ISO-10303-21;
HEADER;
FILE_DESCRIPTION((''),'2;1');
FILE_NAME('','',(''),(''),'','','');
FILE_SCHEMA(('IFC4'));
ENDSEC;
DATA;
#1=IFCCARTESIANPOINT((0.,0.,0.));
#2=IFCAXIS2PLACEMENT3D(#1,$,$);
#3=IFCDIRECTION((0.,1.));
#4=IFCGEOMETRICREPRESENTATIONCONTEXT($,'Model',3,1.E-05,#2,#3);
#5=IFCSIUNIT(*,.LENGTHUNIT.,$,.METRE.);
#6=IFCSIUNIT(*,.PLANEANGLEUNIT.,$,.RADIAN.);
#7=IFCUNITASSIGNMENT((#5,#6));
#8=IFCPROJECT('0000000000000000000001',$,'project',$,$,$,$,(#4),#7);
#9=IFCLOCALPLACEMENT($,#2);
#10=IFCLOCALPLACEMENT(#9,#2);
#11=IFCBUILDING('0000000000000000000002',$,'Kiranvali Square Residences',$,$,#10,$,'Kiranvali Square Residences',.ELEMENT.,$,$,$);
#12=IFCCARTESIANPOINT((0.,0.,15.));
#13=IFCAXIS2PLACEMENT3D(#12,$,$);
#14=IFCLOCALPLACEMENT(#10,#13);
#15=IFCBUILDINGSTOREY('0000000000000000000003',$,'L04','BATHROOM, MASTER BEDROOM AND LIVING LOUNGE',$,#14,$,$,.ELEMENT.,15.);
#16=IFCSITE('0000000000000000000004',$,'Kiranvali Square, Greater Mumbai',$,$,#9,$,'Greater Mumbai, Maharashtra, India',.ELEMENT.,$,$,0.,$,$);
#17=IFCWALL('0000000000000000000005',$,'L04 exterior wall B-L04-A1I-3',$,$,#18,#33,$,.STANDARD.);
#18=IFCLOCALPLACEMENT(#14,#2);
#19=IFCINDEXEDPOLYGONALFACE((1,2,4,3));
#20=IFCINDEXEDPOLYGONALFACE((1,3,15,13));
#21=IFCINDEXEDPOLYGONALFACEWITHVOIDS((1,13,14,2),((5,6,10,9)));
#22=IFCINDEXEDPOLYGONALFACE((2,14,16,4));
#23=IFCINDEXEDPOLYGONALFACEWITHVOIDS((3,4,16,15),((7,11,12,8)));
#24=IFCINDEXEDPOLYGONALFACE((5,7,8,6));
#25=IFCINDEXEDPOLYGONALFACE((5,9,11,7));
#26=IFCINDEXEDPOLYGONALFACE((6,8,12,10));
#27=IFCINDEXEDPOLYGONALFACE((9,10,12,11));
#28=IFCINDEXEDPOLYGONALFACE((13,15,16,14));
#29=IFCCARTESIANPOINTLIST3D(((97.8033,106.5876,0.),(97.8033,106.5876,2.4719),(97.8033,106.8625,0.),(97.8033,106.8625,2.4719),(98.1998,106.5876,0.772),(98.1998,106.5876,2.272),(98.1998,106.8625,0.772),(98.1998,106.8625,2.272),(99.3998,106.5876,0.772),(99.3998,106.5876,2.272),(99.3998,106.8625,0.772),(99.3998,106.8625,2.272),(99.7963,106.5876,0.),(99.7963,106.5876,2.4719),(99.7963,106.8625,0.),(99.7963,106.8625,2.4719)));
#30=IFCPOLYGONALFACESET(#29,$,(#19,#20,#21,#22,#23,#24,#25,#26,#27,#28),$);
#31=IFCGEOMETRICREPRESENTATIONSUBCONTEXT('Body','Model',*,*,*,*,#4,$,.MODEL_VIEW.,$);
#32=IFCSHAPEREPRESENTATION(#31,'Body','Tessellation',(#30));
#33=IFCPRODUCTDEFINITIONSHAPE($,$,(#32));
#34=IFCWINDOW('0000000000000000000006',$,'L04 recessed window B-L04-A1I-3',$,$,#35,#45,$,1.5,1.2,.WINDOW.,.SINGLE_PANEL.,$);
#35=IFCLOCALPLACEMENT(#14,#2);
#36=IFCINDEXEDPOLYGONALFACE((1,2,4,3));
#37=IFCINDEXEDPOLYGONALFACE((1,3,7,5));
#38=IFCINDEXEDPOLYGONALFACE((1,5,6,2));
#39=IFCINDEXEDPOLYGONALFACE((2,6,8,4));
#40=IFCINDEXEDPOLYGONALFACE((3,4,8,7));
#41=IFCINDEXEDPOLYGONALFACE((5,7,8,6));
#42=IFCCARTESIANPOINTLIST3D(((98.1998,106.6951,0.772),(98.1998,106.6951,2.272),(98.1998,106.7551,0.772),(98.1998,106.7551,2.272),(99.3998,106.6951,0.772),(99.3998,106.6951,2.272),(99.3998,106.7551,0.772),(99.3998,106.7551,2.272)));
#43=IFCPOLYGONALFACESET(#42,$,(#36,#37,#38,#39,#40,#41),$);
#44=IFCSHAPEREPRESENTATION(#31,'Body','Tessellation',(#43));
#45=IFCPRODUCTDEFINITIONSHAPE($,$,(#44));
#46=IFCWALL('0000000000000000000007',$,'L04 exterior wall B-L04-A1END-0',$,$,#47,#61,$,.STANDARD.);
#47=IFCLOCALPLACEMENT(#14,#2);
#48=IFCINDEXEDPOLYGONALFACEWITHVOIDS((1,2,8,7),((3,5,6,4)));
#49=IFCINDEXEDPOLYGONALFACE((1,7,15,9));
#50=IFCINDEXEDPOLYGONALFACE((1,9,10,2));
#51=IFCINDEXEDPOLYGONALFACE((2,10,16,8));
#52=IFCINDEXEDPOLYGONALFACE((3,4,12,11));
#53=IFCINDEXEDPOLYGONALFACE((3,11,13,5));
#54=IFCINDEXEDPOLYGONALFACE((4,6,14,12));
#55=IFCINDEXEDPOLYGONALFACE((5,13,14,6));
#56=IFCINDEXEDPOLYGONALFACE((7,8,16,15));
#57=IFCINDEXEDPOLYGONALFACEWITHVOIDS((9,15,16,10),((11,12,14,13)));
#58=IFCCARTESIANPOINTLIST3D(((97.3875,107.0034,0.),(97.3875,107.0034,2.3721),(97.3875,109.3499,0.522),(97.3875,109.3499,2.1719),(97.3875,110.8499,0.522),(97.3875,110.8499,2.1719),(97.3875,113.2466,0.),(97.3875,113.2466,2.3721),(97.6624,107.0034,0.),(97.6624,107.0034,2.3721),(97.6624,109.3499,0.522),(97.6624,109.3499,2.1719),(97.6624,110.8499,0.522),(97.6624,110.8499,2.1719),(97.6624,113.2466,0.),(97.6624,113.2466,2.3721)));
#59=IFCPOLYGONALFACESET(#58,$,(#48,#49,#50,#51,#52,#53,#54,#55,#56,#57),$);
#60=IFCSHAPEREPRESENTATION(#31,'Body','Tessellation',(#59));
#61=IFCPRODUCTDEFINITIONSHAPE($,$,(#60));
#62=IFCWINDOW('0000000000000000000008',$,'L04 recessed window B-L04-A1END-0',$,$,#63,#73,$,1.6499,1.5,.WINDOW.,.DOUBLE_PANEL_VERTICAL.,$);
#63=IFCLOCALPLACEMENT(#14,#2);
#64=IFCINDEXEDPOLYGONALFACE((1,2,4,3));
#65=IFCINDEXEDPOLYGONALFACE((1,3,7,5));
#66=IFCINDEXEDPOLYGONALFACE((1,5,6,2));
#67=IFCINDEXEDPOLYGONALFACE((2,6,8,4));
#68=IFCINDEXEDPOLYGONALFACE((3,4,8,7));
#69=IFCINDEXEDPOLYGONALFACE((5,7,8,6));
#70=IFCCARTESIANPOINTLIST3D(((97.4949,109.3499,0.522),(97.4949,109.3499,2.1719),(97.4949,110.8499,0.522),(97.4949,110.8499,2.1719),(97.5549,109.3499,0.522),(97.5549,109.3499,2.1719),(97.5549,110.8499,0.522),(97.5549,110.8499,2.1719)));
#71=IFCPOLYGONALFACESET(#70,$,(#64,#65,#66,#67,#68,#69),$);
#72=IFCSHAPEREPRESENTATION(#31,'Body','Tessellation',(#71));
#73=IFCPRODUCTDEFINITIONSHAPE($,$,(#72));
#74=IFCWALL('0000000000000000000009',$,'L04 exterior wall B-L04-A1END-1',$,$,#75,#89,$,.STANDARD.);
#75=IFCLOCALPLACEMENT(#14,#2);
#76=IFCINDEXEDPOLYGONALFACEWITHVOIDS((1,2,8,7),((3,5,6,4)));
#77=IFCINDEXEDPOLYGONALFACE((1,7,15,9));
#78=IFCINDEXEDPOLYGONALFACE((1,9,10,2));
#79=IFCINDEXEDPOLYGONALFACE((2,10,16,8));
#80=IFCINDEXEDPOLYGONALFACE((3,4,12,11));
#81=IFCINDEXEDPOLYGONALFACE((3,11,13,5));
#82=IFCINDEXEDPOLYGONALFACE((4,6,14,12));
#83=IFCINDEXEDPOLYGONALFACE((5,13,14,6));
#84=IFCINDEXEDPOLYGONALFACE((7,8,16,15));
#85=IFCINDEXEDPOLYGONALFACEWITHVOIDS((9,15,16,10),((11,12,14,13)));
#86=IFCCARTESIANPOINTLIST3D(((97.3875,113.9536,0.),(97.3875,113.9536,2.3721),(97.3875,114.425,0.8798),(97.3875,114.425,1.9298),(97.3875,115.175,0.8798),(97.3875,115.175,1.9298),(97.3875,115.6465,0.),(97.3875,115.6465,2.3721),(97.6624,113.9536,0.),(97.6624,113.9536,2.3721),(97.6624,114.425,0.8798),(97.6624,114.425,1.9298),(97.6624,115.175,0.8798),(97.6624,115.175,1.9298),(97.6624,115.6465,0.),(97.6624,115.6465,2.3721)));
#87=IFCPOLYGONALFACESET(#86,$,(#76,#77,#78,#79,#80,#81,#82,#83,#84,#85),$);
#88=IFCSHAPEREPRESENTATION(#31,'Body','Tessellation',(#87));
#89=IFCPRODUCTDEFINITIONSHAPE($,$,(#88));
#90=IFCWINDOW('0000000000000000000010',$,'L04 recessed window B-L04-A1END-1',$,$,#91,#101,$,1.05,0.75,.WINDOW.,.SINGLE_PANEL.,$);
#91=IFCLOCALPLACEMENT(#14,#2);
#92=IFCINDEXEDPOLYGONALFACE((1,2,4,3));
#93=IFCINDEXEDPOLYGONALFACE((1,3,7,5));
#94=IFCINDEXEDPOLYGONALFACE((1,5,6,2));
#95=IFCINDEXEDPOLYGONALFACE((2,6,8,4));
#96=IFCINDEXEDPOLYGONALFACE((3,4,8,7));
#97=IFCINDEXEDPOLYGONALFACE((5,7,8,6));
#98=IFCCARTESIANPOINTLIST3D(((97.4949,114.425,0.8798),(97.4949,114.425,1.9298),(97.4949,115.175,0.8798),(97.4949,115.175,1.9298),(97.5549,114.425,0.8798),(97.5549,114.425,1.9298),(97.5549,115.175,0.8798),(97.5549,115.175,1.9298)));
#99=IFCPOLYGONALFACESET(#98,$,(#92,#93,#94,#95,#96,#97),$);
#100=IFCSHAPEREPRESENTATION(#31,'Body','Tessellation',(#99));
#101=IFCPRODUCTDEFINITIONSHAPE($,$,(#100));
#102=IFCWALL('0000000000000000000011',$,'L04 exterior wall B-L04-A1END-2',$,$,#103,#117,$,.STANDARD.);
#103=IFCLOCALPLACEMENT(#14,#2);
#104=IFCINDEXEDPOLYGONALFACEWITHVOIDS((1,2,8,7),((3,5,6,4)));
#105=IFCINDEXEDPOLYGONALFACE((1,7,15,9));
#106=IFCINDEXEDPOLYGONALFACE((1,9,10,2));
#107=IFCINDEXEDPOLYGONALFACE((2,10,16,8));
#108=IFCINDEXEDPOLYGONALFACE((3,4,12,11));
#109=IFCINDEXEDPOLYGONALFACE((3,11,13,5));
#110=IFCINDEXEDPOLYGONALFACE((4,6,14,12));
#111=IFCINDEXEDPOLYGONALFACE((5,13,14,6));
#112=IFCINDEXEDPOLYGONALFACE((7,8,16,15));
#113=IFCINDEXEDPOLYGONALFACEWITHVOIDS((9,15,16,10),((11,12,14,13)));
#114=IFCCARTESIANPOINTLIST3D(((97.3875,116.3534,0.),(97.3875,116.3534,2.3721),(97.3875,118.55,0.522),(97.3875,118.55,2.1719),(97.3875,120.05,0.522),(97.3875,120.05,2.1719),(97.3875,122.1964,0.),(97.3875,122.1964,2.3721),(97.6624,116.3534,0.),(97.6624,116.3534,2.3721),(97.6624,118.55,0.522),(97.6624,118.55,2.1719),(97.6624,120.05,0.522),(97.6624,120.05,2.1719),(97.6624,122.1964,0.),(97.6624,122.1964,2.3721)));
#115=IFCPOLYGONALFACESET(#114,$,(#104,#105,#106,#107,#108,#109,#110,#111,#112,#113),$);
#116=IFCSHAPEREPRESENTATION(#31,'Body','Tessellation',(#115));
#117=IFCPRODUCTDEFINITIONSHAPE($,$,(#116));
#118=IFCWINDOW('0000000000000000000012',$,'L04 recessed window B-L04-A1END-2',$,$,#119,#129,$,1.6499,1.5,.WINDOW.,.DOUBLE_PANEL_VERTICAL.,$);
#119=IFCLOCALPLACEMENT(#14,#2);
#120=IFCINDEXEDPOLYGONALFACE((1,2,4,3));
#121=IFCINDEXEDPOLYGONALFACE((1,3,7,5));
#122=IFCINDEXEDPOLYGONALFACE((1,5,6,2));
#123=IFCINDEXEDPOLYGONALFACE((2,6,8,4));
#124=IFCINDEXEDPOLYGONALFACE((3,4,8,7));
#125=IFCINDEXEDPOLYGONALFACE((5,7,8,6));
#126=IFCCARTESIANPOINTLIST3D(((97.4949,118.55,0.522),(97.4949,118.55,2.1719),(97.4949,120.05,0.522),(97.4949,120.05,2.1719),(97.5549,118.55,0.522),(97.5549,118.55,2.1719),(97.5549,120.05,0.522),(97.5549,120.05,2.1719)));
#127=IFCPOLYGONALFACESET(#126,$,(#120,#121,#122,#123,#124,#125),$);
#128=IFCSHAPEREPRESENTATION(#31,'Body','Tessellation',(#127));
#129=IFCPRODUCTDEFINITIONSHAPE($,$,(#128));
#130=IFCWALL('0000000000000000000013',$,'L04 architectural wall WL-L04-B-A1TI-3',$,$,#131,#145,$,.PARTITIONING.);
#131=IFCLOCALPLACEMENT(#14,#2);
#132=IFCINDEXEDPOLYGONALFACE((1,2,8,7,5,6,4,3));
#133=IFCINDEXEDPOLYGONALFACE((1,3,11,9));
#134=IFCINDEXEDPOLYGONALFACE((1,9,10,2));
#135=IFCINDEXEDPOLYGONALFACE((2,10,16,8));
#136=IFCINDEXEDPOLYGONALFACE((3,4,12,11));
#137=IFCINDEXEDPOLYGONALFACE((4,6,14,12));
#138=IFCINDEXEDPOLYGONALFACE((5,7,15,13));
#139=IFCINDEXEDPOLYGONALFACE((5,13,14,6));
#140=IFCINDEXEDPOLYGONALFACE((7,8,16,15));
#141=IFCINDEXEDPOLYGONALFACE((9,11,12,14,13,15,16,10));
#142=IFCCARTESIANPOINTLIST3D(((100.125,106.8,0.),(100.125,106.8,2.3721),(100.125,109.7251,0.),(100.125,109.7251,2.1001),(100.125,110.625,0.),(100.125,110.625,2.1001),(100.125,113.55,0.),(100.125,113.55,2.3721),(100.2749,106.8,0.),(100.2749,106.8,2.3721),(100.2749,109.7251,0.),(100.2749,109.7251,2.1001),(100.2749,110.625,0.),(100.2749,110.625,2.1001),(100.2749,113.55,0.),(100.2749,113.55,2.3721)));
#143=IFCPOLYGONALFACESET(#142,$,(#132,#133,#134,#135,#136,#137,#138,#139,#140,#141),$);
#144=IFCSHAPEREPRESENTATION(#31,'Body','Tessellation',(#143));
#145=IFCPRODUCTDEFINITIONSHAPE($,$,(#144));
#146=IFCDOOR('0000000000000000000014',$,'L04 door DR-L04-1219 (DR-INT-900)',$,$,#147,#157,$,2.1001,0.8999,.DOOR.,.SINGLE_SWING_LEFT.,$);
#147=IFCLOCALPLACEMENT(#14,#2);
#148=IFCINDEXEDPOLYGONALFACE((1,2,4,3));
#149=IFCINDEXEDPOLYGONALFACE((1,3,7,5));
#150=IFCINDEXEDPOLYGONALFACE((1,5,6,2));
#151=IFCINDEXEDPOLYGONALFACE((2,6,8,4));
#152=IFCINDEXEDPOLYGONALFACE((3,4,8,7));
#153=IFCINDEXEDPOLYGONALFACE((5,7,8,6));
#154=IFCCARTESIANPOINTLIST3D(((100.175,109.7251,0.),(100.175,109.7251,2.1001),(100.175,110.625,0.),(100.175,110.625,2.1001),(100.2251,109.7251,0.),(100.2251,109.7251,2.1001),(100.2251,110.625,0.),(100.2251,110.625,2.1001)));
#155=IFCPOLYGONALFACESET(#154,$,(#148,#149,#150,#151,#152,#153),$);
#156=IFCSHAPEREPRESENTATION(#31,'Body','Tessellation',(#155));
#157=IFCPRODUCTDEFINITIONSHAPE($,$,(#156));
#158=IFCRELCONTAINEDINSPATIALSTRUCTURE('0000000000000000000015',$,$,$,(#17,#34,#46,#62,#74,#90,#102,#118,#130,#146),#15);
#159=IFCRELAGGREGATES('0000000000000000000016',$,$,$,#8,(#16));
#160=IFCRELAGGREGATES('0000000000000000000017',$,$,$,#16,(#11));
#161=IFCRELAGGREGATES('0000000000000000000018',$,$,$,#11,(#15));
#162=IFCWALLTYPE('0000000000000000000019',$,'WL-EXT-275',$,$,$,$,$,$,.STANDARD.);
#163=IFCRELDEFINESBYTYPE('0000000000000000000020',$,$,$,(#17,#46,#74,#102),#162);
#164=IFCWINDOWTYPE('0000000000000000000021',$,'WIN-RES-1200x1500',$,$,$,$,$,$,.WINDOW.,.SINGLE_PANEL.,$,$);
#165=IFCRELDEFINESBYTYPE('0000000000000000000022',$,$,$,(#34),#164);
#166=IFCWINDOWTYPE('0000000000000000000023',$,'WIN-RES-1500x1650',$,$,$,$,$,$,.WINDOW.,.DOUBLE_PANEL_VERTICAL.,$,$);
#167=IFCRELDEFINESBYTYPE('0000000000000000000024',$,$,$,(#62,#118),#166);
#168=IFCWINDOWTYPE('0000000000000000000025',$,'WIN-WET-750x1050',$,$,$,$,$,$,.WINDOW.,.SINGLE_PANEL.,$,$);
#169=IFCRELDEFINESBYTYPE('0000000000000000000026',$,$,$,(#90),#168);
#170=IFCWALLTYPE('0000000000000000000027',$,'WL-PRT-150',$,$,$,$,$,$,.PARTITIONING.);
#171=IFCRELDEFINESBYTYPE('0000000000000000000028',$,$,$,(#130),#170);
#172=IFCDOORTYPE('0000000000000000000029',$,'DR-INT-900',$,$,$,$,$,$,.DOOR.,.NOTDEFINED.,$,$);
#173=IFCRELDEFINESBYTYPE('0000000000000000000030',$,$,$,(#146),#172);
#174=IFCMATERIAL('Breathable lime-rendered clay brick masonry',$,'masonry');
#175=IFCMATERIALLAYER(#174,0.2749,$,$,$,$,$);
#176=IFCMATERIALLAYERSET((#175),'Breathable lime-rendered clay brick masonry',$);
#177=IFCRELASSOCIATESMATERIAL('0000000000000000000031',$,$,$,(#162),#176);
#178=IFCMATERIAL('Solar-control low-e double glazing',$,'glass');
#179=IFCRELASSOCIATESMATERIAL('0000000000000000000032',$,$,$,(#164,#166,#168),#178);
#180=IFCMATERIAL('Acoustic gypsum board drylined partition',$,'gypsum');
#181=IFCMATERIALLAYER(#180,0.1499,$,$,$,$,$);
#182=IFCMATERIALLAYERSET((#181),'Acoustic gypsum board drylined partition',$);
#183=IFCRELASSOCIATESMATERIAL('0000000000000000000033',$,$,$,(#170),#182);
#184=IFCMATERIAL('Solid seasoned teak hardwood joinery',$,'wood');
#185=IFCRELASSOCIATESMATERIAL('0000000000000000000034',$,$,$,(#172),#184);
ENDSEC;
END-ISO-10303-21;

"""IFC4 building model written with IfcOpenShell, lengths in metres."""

from ifc_helpers import new_model, si_unit, direction, frame, frame_2d, origin, place, context, subcontext, project, spatial, rectangle, extrude, material, layer, layer_set, type_object, element, fill, save


model = new_model("IFC4")

# Units and contexts
model_context = context("Model", 3, precision=1e-05, world=origin(), true_north=direction((0.0, 1.0)))
body_context = subcontext(model_context, "Body", "Model", "MODEL_VIEW")
ifc_project = project(units=[si_unit("LENGTHUNIT", "METRE"), si_unit("PLANEANGLEUNIT", "RADIAN")], contexts=[model_context])

# Site, building, storey
site_placement = place(None, origin())
site = spatial("IfcSite", under=ifc_project, at=site_placement, Name="Kiranvali Square, Greater Mumbai", LongName="Greater Mumbai, Maharashtra, India", CompositionType="ELEMENT", RefElevation=0.0)
building_placement = place(site_placement, origin())
building = spatial("IfcBuilding", under=site, at=building_placement, Name="Kiranvali Square Residences", LongName="Kiranvali Square Residences", CompositionType="ELEMENT")
storey_placement = place(building_placement, frame((0.0, 0.0, 15.0)))
storey = spatial("IfcBuildingStorey", under=building, at=storey_placement, Name="L04", Description="BATHROOM, MASTER BEDROOM AND LIVING LOUNGE", CompositionType="ELEMENT", Elevation=15.0)

# Walls, openings, windows
ifc_material_1 = material(Name="Breathable lime-rendered clay brick masonry", Category="masonry")
ifc_layer_1 = layer(ifc_material_1, 0.2749)
ifc_layer_set_1 = layer_set([ifc_layer_1], Name="Breathable lime-rendered clay brick masonry")
wall_type_1 = type_object("IfcWallType", Name="WL-EXT-275", PredefinedType="STANDARD", material=ifc_layer_set_1)
wall_1_placement = place(storey_placement, frame((99.7964, 106.7251, 0.0), z_axis=(0.0, 0.0, 1.0), x_axis=(-1.0, 0.0, 0.0)))
wall_1 = element("IfcWall", 1, at=wall_1_placement, inside=storey, type_object=wall_type_1, Name="L04 exterior wall B-L04-A1I-3", PredefinedType="STANDARD", context=body_context, shape_type="SweptSolid", body=[
    extrude(rectangle(XDim=1.9929, YDim=0.2749, at=frame_2d((0.9966, 0.0))), origin(), (0.0, 0.0, 1.0), 2.4719),
])
opening_1_placement = place(wall_1_placement, frame((0.3965, 0.0, 0.772)))
opening_1 = element("IfcOpeningElement", 2, at=opening_1_placement, cuts=wall_1, PredefinedType="OPENING", context=body_context, shape_type="SweptSolid", body=[
    extrude(rectangle(XDim=1.2, YDim=1.5, at=frame_2d((0.6001, 0.75))), frame((0.0, 0.1475, 0.0), z_axis=(0.0, -1.0, 0.0), x_axis=(1.0, 0.0, 0.0)), (0.0, 0.0, 1.0), 0.2949),
])
ifc_material_2 = material(Name="Solar-control low-e double glazing", Category="glass")
window_type_1 = type_object("IfcWindowType", Name="WIN-RES-1200x1500", PartitioningType="SINGLE_PANEL", PredefinedType="WINDOW", material=ifc_material_2)
window_1_placement = place(opening_1_placement, origin())
window_1 = element("IfcWindow", 3, at=window_1_placement, inside=storey, type_object=window_type_1, Name="L04 recessed window B-L04-A1I-3", OverallHeight=1.5, OverallWidth=1.2, PartitioningType="SINGLE_PANEL", PredefinedType="WINDOW", context=body_context, shape_type="SweptSolid", body=[
    extrude(rectangle(XDim=1.2, YDim=1.5, at=frame_2d((0.6001, 0.75))), frame((0.0, 0.03, 0.0), z_axis=(0.0, -1.0, 0.0), x_axis=(1.0, 0.0, 0.0)), (0.0, 0.0, 1.0), 0.0601),
])
fill(opening_1, window_1)
wall_2_placement = place(storey_placement, frame((97.5249, 107.0034, 0.0), z_axis=(0.0, 0.0, 1.0), x_axis=(0.0, 1.0, 0.0)))
wall_2 = element("IfcWall", 4, at=wall_2_placement, inside=storey, type_object=wall_type_1, Name="L04 exterior wall B-L04-A1END-0", PredefinedType="STANDARD", context=body_context, shape_type="SweptSolid", body=[
    extrude(rectangle(XDim=6.2432, YDim=0.2749, at=frame_2d((3.1216, 0.0))), origin(), (0.0, 0.0, 1.0), 2.3721),
])
opening_2_placement = place(wall_2_placement, frame((2.3464, 0.0, 0.522)))
opening_2 = element("IfcOpeningElement", 5, at=opening_2_placement, cuts=wall_2, PredefinedType="OPENING", context=body_context, shape_type="SweptSolid", body=[
    extrude(rectangle(XDim=1.5, YDim=1.6499, at=frame_2d((0.75, 0.825))), frame((0.0, 0.1475, 0.0), z_axis=(0.0, -1.0, 0.0), x_axis=(1.0, 0.0, 0.0)), (0.0, 0.0, 1.0), 0.2949),
])
window_type_2 = type_object("IfcWindowType", Name="WIN-RES-1500x1650", PartitioningType="DOUBLE_PANEL_VERTICAL", PredefinedType="WINDOW", material=ifc_material_2)
window_2_placement = place(opening_2_placement, origin())
window_2 = element("IfcWindow", 6, at=window_2_placement, inside=storey, type_object=window_type_2, Name="L04 recessed window B-L04-A1END-0", OverallHeight=1.6499, OverallWidth=1.5, PartitioningType="DOUBLE_PANEL_VERTICAL", PredefinedType="WINDOW", context=body_context, shape_type="SweptSolid", body=[
    extrude(rectangle(XDim=1.5, YDim=1.6499, at=frame_2d((0.75, 0.825))), frame((0.0, 0.03, 0.0), z_axis=(0.0, -1.0, 0.0), x_axis=(1.0, 0.0, 0.0)), (0.0, 0.0, 1.0), 0.0601),
])
fill(opening_2, window_2)
wall_3_placement = place(storey_placement, frame((97.5249, 113.9536, 0.0), z_axis=(0.0, 0.0, 1.0), x_axis=(0.0, 1.0, 0.0)))
wall_3 = element("IfcWall", 7, at=wall_3_placement, inside=storey, type_object=wall_type_1, Name="L04 exterior wall B-L04-A1END-1", PredefinedType="STANDARD", context=body_context, shape_type="SweptSolid", body=[
    extrude(rectangle(XDim=1.6929, YDim=0.2749, at=frame_2d((0.8464, 0.0))), origin(), (0.0, 0.0, 1.0), 2.3721),
])
opening_3_placement = place(wall_3_placement, frame((0.4714, 0.0, 0.8799)))
opening_3 = element("IfcOpeningElement", 8, at=opening_3_placement, cuts=wall_3, PredefinedType="OPENING", context=body_context, shape_type="SweptSolid", body=[
    extrude(rectangle(XDim=0.75, YDim=1.05, at=frame_2d((0.375, 0.5249))), frame((0.0, 0.1475, 0.0), z_axis=(0.0, -1.0, 0.0), x_axis=(1.0, 0.0, 0.0)), (0.0, 0.0, 1.0), 0.2949),
])
window_type_3 = type_object("IfcWindowType", Name="WIN-WET-750x1050", PartitioningType="SINGLE_PANEL", PredefinedType="WINDOW", material=ifc_material_2)
window_3_placement = place(opening_3_placement, origin())
window_3 = element("IfcWindow", 9, at=window_3_placement, inside=storey, type_object=window_type_3, Name="L04 recessed window B-L04-A1END-1", OverallHeight=1.05, OverallWidth=0.75, PartitioningType="SINGLE_PANEL", PredefinedType="WINDOW", context=body_context, shape_type="SweptSolid", body=[
    extrude(rectangle(XDim=0.75, YDim=1.05, at=frame_2d((0.375, 0.5249))), frame((0.0, 0.03, 0.0), z_axis=(0.0, -1.0, 0.0), x_axis=(1.0, 0.0, 0.0)), (0.0, 0.0, 1.0), 0.0601),
])
fill(opening_3, window_3)
wall_4_placement = place(storey_placement, frame((97.5249, 116.3535, 0.0), z_axis=(0.0, 0.0, 1.0), x_axis=(0.0, 1.0, 0.0)))
wall_4 = element("IfcWall", 10, at=wall_4_placement, inside=storey, type_object=wall_type_1, Name="L04 exterior wall B-L04-A1END-2", PredefinedType="STANDARD", context=body_context, shape_type="SweptSolid", body=[
    extrude(rectangle(XDim=5.843, YDim=0.2749, at=frame_2d((2.9214, 0.0))), origin(), (0.0, 0.0, 1.0), 2.3721),
])
opening_4_placement = place(wall_4_placement, frame((2.1965, 0.0, 0.522)))
opening_4 = element("IfcOpeningElement", 11, at=opening_4_placement, cuts=wall_4, PredefinedType="OPENING", context=body_context, shape_type="SweptSolid", body=[
    extrude(rectangle(XDim=1.5, YDim=1.6499, at=frame_2d((0.75, 0.825))), frame((0.0, 0.1475, 0.0), z_axis=(0.0, -1.0, 0.0), x_axis=(1.0, 0.0, 0.0)), (0.0, 0.0, 1.0), 0.2949),
])
window_4_placement = place(opening_4_placement, origin())
window_4 = element("IfcWindow", 12, at=window_4_placement, inside=storey, type_object=window_type_2, Name="L04 recessed window B-L04-A1END-2", OverallHeight=1.6499, OverallWidth=1.5, PartitioningType="DOUBLE_PANEL_VERTICAL", PredefinedType="WINDOW", context=body_context, shape_type="SweptSolid", body=[
    extrude(rectangle(XDim=1.5, YDim=1.6499, at=frame_2d((0.75, 0.825))), frame((0.0, 0.03, 0.0), z_axis=(0.0, -1.0, 0.0), x_axis=(1.0, 0.0, 0.0)), (0.0, 0.0, 1.0), 0.0601),
])
fill(opening_4, window_4)

# Wall, opening, door
ifc_material_3 = material(Name="Acoustic gypsum board drylined partition", Category="gypsum")
ifc_layer_2 = layer(ifc_material_3, 0.1499)
ifc_layer_set_2 = layer_set([ifc_layer_2], Name="Acoustic gypsum board drylined partition")
wall_type_2 = type_object("IfcWallType", Name="WL-PRT-150", PredefinedType="PARTITIONING", material=ifc_layer_set_2)
wall_5_placement = place(storey_placement, frame((100.2, 106.8, 0.0), z_axis=(0.0, 0.0, 1.0), x_axis=(0.0, 1.0, 0.0)))
wall_5 = element("IfcWall", 13, at=wall_5_placement, inside=storey, type_object=wall_type_2, Name="L04 architectural wall WL-L04-B-A1TI-3", PredefinedType="PARTITIONING", context=body_context, shape_type="SweptSolid", body=[
    extrude(rectangle(XDim=6.75, YDim=0.1499, at=frame_2d((3.375, 0.0))), origin(), (0.0, 0.0, 1.0), 2.3721),
])
opening_5_placement = place(wall_5_placement, frame((2.925, 0.0, 0.0)))
opening_5 = element("IfcOpeningElement", 14, at=opening_5_placement, cuts=wall_5, PredefinedType="OPENING", context=body_context, shape_type="SweptSolid", body=[
    extrude(rectangle(XDim=0.8999, YDim=2.1001, at=frame_2d((0.45, 1.05))), frame((0.0, 0.085, 0.0), z_axis=(0.0, -1.0, 0.0), x_axis=(1.0, 0.0, 0.0)), (0.0, 0.0, 1.0), 0.1699),
])
ifc_material_4 = material(Name="Solid seasoned teak hardwood joinery", Category="wood")
door_type = type_object("IfcDoorType", Name="DR-INT-900", OperationType="NOTDEFINED", PredefinedType="DOOR", material=ifc_material_4)
door_1_placement = place(opening_5_placement, origin())
door_1 = element("IfcDoor", 15, at=door_1_placement, inside=storey, type_object=door_type, Name="L04 door DR-L04-1219 (DR-INT-900)", OperationType="SINGLE_SWING_LEFT", OverallHeight=2.1001, OverallWidth=0.8999, PredefinedType="DOOR", context=body_context, shape_type="SweptSolid", body=[
    extrude(rectangle(XDim=0.8999, YDim=2.1001, at=frame_2d((0.45, 1.05))), frame((0.0, 0.0249, 0.0), z_axis=(0.0, -1.0, 0.0), x_axis=(1.0, 0.0, 0.0)), (0.0, 0.0, 1.0), 0.05),
])
fill(opening_5, door_1)

save(model, "model.ifc")
